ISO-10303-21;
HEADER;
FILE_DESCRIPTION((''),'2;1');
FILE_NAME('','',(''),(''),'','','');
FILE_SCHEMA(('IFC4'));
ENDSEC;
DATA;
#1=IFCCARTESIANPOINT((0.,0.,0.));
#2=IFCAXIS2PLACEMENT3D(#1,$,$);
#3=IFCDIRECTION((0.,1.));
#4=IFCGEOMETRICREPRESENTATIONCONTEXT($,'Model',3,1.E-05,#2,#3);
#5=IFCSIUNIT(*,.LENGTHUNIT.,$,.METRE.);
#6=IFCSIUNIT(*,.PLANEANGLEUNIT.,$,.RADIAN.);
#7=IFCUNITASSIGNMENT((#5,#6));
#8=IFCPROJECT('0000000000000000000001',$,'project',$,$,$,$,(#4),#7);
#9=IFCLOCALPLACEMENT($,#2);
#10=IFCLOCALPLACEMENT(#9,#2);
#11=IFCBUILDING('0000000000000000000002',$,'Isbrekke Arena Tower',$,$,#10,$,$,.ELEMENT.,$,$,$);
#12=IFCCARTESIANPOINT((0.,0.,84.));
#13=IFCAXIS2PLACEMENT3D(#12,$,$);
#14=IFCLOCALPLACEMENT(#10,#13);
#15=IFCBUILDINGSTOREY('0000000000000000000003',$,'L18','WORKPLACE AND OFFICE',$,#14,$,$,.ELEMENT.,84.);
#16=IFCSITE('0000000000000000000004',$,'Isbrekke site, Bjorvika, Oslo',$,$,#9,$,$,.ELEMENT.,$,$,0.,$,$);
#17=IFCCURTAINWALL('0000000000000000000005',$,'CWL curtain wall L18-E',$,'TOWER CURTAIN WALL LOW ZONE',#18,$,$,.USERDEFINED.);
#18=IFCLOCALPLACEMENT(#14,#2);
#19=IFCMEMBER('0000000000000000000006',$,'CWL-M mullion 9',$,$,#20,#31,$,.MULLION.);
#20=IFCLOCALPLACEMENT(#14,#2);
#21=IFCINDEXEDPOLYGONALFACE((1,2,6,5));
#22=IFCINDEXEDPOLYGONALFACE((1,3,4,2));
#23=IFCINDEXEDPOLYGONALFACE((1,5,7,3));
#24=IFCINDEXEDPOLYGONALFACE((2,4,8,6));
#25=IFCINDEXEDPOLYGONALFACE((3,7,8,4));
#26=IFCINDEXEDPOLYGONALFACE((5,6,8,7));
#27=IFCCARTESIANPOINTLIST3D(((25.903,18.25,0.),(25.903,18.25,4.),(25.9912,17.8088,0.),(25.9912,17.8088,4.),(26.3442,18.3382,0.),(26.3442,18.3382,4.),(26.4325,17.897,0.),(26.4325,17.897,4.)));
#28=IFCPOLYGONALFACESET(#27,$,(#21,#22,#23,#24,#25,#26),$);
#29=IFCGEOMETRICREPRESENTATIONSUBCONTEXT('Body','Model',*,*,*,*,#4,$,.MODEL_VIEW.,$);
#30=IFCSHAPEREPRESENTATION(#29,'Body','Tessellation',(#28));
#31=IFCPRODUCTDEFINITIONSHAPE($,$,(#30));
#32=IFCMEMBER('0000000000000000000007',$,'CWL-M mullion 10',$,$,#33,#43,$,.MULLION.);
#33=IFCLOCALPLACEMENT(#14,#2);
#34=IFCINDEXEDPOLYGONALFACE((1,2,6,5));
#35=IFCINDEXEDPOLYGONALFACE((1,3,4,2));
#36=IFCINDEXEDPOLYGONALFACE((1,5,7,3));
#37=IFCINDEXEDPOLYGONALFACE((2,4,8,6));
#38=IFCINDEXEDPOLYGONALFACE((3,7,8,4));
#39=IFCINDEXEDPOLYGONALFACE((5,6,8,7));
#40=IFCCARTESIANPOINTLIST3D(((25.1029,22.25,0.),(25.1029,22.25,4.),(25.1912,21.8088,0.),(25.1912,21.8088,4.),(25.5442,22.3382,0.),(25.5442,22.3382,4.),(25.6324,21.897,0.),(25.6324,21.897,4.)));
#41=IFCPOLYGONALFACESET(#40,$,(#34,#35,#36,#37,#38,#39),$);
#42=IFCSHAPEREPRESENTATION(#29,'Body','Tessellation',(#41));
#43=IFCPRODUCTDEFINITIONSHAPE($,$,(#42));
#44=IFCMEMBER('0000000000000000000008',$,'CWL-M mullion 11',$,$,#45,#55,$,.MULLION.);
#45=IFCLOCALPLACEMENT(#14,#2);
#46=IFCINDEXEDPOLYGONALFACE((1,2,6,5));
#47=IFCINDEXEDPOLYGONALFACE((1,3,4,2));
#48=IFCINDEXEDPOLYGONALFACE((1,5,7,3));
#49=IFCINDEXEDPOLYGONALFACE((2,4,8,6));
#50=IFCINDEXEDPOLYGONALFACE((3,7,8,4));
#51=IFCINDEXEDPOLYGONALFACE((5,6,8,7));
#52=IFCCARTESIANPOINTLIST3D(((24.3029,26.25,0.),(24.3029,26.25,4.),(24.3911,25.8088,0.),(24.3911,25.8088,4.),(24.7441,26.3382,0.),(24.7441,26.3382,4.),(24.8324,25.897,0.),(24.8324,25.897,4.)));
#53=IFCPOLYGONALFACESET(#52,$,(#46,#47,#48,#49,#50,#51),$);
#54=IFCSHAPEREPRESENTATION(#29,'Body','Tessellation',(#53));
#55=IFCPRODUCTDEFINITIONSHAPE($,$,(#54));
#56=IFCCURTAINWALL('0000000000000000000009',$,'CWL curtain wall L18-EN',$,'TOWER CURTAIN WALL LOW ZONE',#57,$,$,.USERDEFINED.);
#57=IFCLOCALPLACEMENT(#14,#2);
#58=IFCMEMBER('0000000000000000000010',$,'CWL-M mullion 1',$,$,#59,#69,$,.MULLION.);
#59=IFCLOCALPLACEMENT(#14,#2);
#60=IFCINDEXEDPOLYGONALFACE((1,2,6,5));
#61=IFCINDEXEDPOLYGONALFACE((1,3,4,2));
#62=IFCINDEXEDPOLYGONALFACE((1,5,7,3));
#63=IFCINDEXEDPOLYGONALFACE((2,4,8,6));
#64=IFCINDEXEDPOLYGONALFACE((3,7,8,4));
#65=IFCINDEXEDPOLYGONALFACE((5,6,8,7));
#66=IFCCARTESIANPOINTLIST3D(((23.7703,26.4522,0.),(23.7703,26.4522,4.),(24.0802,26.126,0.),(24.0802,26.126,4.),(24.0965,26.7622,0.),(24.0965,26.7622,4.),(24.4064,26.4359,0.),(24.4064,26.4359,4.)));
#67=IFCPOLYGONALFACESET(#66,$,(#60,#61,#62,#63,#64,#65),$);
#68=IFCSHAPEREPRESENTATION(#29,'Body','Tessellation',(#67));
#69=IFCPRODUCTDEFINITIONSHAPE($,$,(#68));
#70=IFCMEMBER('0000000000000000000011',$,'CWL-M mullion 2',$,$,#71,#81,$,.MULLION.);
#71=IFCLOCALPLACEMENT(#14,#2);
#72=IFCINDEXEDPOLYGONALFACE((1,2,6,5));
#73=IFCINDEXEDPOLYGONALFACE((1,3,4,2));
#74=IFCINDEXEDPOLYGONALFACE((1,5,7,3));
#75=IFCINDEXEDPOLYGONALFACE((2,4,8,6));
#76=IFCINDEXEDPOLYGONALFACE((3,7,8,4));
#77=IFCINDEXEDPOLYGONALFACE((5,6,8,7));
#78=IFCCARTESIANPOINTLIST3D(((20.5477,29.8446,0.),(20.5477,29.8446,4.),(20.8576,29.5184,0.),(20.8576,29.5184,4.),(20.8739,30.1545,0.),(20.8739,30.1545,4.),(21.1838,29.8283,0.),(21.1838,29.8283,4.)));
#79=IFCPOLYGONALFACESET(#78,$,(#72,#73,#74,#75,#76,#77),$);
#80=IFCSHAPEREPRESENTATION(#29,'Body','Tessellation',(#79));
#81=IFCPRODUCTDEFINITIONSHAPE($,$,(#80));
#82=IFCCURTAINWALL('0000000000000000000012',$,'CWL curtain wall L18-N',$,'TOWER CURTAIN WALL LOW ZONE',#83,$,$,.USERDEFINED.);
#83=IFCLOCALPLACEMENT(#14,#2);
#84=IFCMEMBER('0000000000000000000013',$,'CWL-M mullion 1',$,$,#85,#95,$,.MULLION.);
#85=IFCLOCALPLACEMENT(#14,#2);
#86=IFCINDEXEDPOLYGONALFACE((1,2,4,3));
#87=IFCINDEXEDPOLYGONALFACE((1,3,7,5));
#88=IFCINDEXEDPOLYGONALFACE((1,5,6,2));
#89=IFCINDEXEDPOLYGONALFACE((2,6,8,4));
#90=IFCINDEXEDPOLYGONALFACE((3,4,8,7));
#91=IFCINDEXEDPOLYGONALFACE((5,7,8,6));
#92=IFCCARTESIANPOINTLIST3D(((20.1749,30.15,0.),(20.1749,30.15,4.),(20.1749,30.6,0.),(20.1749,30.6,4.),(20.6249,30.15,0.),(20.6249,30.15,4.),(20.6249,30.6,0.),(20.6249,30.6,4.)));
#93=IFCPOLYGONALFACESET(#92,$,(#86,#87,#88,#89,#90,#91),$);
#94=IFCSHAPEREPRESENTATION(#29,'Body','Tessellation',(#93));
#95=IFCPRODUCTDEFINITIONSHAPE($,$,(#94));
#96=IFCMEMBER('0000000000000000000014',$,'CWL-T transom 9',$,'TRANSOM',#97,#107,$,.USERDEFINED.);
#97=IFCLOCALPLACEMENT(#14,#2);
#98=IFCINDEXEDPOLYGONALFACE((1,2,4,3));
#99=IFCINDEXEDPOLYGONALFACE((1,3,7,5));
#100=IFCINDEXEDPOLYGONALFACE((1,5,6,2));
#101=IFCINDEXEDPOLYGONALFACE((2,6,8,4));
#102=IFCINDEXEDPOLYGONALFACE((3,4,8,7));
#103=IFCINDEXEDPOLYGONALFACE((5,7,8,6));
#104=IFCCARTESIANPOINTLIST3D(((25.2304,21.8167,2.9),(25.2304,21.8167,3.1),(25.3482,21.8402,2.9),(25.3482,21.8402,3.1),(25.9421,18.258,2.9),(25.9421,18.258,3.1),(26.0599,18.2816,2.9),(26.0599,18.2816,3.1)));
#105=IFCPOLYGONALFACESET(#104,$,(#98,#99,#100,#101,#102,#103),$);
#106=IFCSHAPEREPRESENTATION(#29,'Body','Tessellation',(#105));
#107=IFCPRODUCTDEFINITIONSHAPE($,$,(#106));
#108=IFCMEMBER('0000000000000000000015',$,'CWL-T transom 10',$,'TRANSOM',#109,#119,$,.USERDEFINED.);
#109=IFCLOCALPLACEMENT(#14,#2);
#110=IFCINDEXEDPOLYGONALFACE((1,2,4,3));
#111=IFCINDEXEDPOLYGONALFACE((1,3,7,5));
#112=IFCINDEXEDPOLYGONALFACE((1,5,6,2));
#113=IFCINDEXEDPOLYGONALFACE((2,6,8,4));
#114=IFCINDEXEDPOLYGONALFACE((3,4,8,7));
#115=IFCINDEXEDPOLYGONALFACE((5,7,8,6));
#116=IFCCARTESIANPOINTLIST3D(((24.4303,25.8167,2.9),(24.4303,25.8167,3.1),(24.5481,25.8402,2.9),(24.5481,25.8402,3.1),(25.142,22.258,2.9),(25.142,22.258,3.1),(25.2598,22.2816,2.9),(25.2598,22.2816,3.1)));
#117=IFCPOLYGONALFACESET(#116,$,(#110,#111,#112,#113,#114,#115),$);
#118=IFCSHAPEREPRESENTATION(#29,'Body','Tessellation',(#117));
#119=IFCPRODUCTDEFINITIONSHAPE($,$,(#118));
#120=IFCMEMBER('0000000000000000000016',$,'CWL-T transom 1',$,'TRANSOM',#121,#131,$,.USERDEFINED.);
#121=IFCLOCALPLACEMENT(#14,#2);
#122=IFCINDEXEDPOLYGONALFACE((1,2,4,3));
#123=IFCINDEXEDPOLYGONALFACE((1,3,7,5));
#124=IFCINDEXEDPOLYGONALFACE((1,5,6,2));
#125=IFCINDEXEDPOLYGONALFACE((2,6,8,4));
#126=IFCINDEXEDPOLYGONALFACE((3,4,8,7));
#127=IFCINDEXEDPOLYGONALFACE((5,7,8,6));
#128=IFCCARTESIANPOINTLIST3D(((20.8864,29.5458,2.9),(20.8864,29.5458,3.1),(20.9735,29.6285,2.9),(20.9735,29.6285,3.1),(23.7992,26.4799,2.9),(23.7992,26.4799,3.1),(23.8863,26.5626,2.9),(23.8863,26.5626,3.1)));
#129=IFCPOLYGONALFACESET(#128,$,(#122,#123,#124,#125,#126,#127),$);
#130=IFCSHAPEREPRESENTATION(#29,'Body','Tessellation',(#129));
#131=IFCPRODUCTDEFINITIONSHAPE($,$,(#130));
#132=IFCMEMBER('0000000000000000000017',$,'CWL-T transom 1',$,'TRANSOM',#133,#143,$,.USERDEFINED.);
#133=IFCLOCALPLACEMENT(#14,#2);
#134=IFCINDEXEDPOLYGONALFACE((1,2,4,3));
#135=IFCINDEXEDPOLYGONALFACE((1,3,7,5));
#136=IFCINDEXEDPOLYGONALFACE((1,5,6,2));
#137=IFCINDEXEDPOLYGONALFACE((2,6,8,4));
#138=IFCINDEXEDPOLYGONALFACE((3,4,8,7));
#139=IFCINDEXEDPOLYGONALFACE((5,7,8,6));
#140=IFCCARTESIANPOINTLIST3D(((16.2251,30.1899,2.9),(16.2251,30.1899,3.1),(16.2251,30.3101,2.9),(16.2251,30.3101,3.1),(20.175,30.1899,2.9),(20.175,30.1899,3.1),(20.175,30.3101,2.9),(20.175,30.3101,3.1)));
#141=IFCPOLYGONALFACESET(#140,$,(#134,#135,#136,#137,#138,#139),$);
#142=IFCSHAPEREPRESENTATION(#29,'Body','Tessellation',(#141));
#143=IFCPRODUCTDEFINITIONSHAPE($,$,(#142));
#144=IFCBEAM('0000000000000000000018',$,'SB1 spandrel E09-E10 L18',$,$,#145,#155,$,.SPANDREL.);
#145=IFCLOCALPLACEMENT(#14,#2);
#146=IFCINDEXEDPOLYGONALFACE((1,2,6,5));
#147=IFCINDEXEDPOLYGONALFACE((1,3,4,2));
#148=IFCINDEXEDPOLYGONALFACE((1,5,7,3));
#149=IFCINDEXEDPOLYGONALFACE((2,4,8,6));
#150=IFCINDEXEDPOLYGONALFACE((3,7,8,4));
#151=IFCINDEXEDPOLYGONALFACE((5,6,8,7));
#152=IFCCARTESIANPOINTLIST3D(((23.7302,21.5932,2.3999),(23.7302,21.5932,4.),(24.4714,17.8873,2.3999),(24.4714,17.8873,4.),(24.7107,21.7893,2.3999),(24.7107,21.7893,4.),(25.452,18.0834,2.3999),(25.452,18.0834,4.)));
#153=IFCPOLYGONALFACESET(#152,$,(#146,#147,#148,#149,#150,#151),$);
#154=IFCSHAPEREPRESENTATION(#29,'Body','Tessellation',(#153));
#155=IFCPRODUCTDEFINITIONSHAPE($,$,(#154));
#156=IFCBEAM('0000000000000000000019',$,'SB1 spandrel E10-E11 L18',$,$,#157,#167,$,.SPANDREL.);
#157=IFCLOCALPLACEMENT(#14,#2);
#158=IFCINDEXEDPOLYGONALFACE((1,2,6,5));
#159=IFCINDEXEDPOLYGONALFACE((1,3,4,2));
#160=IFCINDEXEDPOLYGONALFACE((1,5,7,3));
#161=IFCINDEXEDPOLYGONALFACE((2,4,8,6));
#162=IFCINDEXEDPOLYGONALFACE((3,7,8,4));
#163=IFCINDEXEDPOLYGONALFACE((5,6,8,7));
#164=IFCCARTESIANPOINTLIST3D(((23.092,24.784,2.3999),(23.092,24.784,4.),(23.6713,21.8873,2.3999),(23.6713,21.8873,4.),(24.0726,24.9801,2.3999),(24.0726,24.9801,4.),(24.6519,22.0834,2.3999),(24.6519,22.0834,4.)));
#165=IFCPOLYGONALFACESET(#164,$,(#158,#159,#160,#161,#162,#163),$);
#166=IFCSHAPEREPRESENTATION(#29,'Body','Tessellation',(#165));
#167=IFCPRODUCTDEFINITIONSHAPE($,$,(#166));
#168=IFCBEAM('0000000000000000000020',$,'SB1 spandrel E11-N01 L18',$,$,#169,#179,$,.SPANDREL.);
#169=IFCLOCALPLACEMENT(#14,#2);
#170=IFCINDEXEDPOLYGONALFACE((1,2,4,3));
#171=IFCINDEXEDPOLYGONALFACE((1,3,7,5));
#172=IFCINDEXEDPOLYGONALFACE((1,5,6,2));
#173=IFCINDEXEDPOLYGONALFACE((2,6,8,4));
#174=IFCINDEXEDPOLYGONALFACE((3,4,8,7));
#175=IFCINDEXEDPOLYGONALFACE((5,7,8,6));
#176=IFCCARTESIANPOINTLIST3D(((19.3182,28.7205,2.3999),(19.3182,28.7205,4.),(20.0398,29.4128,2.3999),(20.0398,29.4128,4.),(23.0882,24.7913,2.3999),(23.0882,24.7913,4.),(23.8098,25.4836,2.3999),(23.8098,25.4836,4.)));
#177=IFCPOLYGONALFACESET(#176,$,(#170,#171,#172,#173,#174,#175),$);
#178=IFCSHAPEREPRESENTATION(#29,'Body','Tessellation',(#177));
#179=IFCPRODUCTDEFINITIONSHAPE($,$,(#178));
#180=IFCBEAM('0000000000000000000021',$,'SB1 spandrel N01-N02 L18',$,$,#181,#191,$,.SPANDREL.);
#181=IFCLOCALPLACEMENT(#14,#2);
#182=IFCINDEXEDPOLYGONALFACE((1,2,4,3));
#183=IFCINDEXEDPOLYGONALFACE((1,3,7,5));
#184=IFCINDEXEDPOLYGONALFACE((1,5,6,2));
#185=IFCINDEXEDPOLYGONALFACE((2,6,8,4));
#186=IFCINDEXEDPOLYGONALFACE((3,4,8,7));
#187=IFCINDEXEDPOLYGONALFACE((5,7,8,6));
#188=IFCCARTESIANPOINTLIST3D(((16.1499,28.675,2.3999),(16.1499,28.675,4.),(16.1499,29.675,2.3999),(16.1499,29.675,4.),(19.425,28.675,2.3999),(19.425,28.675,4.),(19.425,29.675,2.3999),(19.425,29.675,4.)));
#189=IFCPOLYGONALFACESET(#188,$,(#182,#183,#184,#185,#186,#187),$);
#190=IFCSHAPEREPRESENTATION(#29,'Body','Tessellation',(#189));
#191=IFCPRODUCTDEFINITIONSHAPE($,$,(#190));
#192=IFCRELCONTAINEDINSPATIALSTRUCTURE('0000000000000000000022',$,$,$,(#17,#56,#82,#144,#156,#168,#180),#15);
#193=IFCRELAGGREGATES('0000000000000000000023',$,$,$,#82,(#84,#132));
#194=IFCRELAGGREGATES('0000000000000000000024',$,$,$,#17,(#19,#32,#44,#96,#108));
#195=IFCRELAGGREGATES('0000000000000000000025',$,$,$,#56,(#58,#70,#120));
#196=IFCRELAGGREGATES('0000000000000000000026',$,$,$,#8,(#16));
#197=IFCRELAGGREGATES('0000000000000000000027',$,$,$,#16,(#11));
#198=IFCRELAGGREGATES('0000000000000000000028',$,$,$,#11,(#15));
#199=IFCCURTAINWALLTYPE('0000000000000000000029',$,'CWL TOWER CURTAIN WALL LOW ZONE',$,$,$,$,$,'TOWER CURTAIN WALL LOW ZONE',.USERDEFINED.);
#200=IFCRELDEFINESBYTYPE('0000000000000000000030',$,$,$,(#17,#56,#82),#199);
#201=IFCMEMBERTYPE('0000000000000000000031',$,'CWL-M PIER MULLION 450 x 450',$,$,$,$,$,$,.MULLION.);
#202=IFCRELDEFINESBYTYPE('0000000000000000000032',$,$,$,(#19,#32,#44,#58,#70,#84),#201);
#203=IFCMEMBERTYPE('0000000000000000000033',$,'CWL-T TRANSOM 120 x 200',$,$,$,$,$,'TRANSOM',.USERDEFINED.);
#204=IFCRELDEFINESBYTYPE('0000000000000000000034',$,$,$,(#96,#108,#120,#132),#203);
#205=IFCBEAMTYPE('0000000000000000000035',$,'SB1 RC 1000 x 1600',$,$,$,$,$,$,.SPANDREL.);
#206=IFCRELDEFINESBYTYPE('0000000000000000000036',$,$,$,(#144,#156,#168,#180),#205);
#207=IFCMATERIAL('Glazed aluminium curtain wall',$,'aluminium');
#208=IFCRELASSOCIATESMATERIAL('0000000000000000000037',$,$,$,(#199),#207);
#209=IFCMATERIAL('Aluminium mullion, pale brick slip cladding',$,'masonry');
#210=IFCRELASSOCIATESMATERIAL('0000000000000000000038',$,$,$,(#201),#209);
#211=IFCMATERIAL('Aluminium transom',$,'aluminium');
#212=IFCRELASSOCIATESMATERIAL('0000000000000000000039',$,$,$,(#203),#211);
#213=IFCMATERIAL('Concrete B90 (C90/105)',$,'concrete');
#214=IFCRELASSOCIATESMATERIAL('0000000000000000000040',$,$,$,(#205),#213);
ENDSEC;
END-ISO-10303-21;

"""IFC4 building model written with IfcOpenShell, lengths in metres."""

from ifc_helpers import new_model, si_unit, direction, frame, origin, origin_2d, place, context, subcontext, project, spatial, rectangle, extrude, material, material_profile, profile_set, type_object, element, aggregate, save


model = new_model("IFC4")

# Units and contexts
model_context = context("Model", 3, precision=1e-05, world=origin(), true_north=direction((0.0, 1.0)))
body_context = subcontext(model_context, "Body", "Model", "MODEL_VIEW")
ifc_project = project(units=[si_unit("LENGTHUNIT", "METRE"), si_unit("PLANEANGLEUNIT", "RADIAN")], contexts=[model_context])

# Site, building, storey
site_placement = place(None, origin())
site = spatial("IfcSite", under=ifc_project, at=site_placement, Name="Isbrekke site, Bjorvika, Oslo", CompositionType="ELEMENT", RefElevation=0.0)
building_placement = place(site_placement, origin())
building = spatial("IfcBuilding", under=site, at=building_placement, Name="Isbrekke Arena Tower", CompositionType="ELEMENT")
storey_placement = place(building_placement, frame((0.0, 0.0, 84.0)))
storey = spatial("IfcBuildingStorey", under=building, at=storey_placement, Name="L18", Description="WORKPLACE AND OFFICE", CompositionType="ELEMENT", Elevation=84.0)

# Curtain walls, members
ifc_material_1 = material(Name="Glazed aluminium curtain wall", Category="aluminium")
curtain_wall_type = type_object("IfcCurtainWallType", Name="CWL TOWER CURTAIN WALL LOW ZONE", ElementType="TOWER CURTAIN WALL LOW ZONE", PredefinedType="USERDEFINED", material=ifc_material_1)
curtain_wall_1_placement = place(storey_placement, origin())
curtain_wall_1 = element("IfcCurtainWall", 1, at=curtain_wall_1_placement, inside=storey, type_object=curtain_wall_type, Name="CWL curtain wall L18-E", ObjectType="TOWER CURTAIN WALL LOW ZONE", PredefinedType="USERDEFINED")
ifc_material_2 = material(Name="Aluminium mullion, pale brick slip cladding", Category="masonry")
ifc_material_profile_1 = material_profile(ifc_material_2, rectangle(XDim=0.45, YDim=0.45, at=origin_2d()), Name="PIER 450X450")
ifc_profile_set_1 = profile_set([ifc_material_profile_1], Name="Aluminium mullion, pale brick slip cladding")
member_type_1 = type_object("IfcMemberType", Name="CWL-M PIER MULLION 450 x 450", PredefinedType="MULLION", material=ifc_profile_set_1)
member_1_placement = place(storey_placement, frame((26.1677, 18.0735, 0.0), z_axis=(0.0, 0.0, 1.0), x_axis=(-0.196116, 0.980581, 0.0)))
member_1 = element("IfcMember", 2, at=member_1_placement, type_object=member_type_1, Name="CWL-M mullion 9", PredefinedType="MULLION", context=body_context, shape_type="SweptSolid", body=[
    extrude(rectangle(XDim=0.45, YDim=0.45, at=origin_2d()), origin(), (0.0, 0.0, 1.0), 4.0),
])
member_2_placement = place(storey_placement, frame((25.3677, 22.0735, 0.0), z_axis=(0.0, 0.0, 1.0), x_axis=(-0.196116, 0.980581, 0.0)))
member_2 = element("IfcMember", 3, at=member_2_placement, type_object=member_type_1, Name="CWL-M mullion 10", PredefinedType="MULLION", context=body_context, shape_type="SweptSolid", body=[
    extrude(rectangle(XDim=0.45, YDim=0.45, at=origin_2d()), origin(), (0.0, 0.0, 1.0), 4.0),
])
member_3_placement = place(storey_placement, frame((24.5676, 26.0735, 0.0), z_axis=(0.0, 0.0, 1.0), x_axis=(-0.196116, 0.980581, 0.0)))
member_3 = element("IfcMember", 4, at=member_3_placement, type_object=member_type_1, Name="CWL-M mullion 11", PredefinedType="MULLION", context=body_context, shape_type="SweptSolid", body=[
    extrude(rectangle(XDim=0.45, YDim=0.45, at=origin_2d()), origin(), (0.0, 0.0, 1.0), 4.0),
])
curtain_wall_2_placement = place(storey_placement, origin())
curtain_wall_2 = element("IfcCurtainWall", 5, at=curtain_wall_2_placement, inside=storey, type_object=curtain_wall_type, Name="CWL curtain wall L18-EN", ObjectType="TOWER CURTAIN WALL LOW ZONE", PredefinedType="USERDEFINED")
member_4_placement = place(storey_placement, frame((24.0884, 26.4441, 0.0), z_axis=(0.0, 0.0, 1.0), x_axis=(-0.688749, 0.724999, 0.0)))
member_4 = element("IfcMember", 6, at=member_4_placement, type_object=member_type_1, Name="CWL-M mullion 1", PredefinedType="MULLION", context=body_context, shape_type="SweptSolid", body=[
    extrude(rectangle(XDim=0.45, YDim=0.45, at=origin_2d()), origin(), (0.0, 0.0, 1.0), 4.0),
])
member_5_placement = place(storey_placement, frame((20.8657, 29.8364, 0.0), z_axis=(0.0, 0.0, 1.0), x_axis=(-0.688749, 0.724999, 0.0)))
member_5 = element("IfcMember", 7, at=member_5_placement, type_object=member_type_1, Name="CWL-M mullion 2", PredefinedType="MULLION", context=body_context, shape_type="SweptSolid", body=[
    extrude(rectangle(XDim=0.45, YDim=0.45, at=origin_2d()), origin(), (0.0, 0.0, 1.0), 4.0),
])

# Curtain wall, member
curtain_wall_3_placement = place(storey_placement, origin())
curtain_wall_3 = element("IfcCurtainWall", 8, at=curtain_wall_3_placement, inside=storey, type_object=curtain_wall_type, Name="CWL curtain wall L18-N", ObjectType="TOWER CURTAIN WALL LOW ZONE", PredefinedType="USERDEFINED")
member_6_placement = place(storey_placement, frame((20.3999, 30.375, 0.0), z_axis=(0.0, 0.0, 1.0), x_axis=(-1.0, 0.0, 0.0)))
member_6 = element("IfcMember", 9, at=member_6_placement, type_object=member_type_1, Name="CWL-M mullion 1", PredefinedType="MULLION", context=body_context, shape_type="SweptSolid", body=[
    extrude(rectangle(XDim=0.45, YDim=0.45, at=origin_2d()), origin(), (0.0, 0.0, 1.0), 4.0),
])

# Members
ifc_material_3 = material(Name="Aluminium transom", Category="aluminium")
ifc_material_profile_2 = material_profile(ifc_material_3, rectangle(XDim=0.1201, YDim=0.2, at=origin_2d()), Name="TRANSOM 120X200")
ifc_profile_set_2 = profile_set([ifc_material_profile_2], Name="Aluminium transom")
member_type_2 = type_object("IfcMemberType", Name="CWL-T TRANSOM 120 x 200", ElementType="TRANSOM", PredefinedType="USERDEFINED", material=ifc_profile_set_2)
member_7_placement = place(storey_placement, frame((26.001, 18.2698, 3.0), z_axis=(-0.196103, 0.980583, 0.0), x_axis=(-0.980583, -0.196103, 0.0)))
member_7 = element("IfcMember", 10, at=member_7_placement, type_object=member_type_2, Name="CWL-T transom 9", ObjectType="TRANSOM", PredefinedType="USERDEFINED", context=body_context, shape_type="SweptSolid", body=[
    extrude(rectangle(XDim=0.1201, YDim=0.2, at=origin_2d()), origin(), (0.0, 0.0, 1.0), 3.6292),
])
member_8_placement = place(storey_placement, frame((25.2009, 22.2698, 3.0), z_axis=(-0.196103, 0.980583, 0.0), x_axis=(-0.980583, -0.196103, 0.0)))
member_8 = element("IfcMember", 11, at=member_8_placement, type_object=member_type_2, Name="CWL-T transom 10", ObjectType="TRANSOM", PredefinedType="USERDEFINED", context=body_context, shape_type="SweptSolid", body=[
    extrude(rectangle(XDim=0.1201, YDim=0.2, at=origin_2d()), origin(), (0.0, 0.0, 1.0), 3.6292),
])
member_9_placement = place(storey_placement, frame((23.8428, 26.5212, 3.0), z_axis=(-0.688777, 0.724973, 0.0), x_axis=(-0.724973, -0.688777, 0.0)))
member_9 = element("IfcMember", 12, at=member_9_placement, type_object=member_type_2, Name="CWL-T transom 1", ObjectType="TRANSOM", PredefinedType="USERDEFINED", context=body_context, shape_type="SweptSolid", body=[
    extrude(rectangle(XDim=0.1201, YDim=0.2, at=origin_2d()), origin(), (0.0, 0.0, 1.0), 4.229),
])
member_10_placement = place(storey_placement, frame((20.175, 30.25, 3.0), z_axis=(-1.0, 0.0, 0.0), x_axis=(0.0, -1.0, 0.0)))
member_10 = element("IfcMember", 13, at=member_10_placement, type_object=member_type_2, Name="CWL-T transom 1", ObjectType="TRANSOM", PredefinedType="USERDEFINED", context=body_context, shape_type="SweptSolid", body=[
    extrude(rectangle(XDim=0.1201, YDim=0.2, at=origin_2d()), origin(), (0.0, 0.0, 1.0), 3.95),
])
aggregate(curtain_wall_3, [member_6, member_10])

# Beams
ifc_material_4 = material(Name="Concrete B90 (C90/105)", Category="concrete")
ifc_material_profile_3 = material_profile(ifc_material_4, rectangle(XDim=1.0, YDim=1.6001, at=origin_2d()), Name="RC 1000x1600")
ifc_profile_set_3 = profile_set([ifc_material_profile_3], Name="Concrete B90 (C90/105)")
beam_type_1 = type_object("IfcBeamType", Name="SB1 RC 1000 x 1600", PredefinedType="SPANDREL", material=ifc_profile_set_3)
beam_1_placement = place(storey_placement, frame((24.9617, 17.9854, 3.2), z_axis=(-0.196129, 0.980578, 0.0), x_axis=(-0.980578, -0.196129, 0.0)))
element("IfcBeam", 14, at=beam_1_placement, inside=storey, type_object=beam_type_1, Name="SB1 spandrel E09-E10 L18", PredefinedType="SPANDREL", context=body_context, shape_type="SweptSolid", body=[
    extrude(rectangle(XDim=1.0, YDim=1.6001, at=origin_2d()), origin(), (0.0, 0.0, 1.0), 3.7793),
])
beam_2_placement = place(storey_placement, frame((24.1616, 21.9854, 3.2), z_axis=(-0.196116, 0.980581, 0.0), x_axis=(-0.980581, -0.196116, 0.0)))
element("IfcBeam", 15, at=beam_2_placement, inside=storey, type_object=beam_type_1, Name="SB1 spandrel E10-E11 L18", PredefinedType="SPANDREL", context=body_context, shape_type="SweptSolid", body=[
    extrude(rectangle(XDim=1.0, YDim=1.6001, at=origin_2d()), origin(), (0.0, 0.0, 1.0), 2.9541),
])
beam_3_placement = place(storey_placement, frame((23.449, 25.1375, 3.2), z_axis=(-0.69234, 0.721572, 0.0), x_axis=(-0.721572, -0.69234, 0.0)))
element("IfcBeam", 16, at=beam_3_placement, inside=storey, type_object=beam_type_1, Name="SB1 spandrel E11-N01 L18", PredefinedType="SPANDREL", context=body_context, shape_type="SweptSolid", body=[
    extrude(rectangle(XDim=1.0, YDim=1.6001, at=origin_2d()), origin(), (0.0, 0.0, 1.0), 5.4453),
])
beam_4_placement = place(storey_placement, frame((19.425, 29.175, 3.2), z_axis=(-1.0, 0.0, 0.0), x_axis=(0.0, -1.0, 0.0)))
element("IfcBeam", 17, at=beam_4_placement, inside=storey, type_object=beam_type_1, Name="SB1 spandrel N01-N02 L18", PredefinedType="SPANDREL", context=body_context, shape_type="SweptSolid", body=[
    extrude(rectangle(XDim=1.0, YDim=1.6001, at=origin_2d()), origin(), (0.0, 0.0, 1.0), 3.2751),
])

aggregate(curtain_wall_1, [member_1, member_2, member_3, member_7, member_8])
aggregate(curtain_wall_2, [member_4, member_5, member_9])

save(model, "model.ifc")
